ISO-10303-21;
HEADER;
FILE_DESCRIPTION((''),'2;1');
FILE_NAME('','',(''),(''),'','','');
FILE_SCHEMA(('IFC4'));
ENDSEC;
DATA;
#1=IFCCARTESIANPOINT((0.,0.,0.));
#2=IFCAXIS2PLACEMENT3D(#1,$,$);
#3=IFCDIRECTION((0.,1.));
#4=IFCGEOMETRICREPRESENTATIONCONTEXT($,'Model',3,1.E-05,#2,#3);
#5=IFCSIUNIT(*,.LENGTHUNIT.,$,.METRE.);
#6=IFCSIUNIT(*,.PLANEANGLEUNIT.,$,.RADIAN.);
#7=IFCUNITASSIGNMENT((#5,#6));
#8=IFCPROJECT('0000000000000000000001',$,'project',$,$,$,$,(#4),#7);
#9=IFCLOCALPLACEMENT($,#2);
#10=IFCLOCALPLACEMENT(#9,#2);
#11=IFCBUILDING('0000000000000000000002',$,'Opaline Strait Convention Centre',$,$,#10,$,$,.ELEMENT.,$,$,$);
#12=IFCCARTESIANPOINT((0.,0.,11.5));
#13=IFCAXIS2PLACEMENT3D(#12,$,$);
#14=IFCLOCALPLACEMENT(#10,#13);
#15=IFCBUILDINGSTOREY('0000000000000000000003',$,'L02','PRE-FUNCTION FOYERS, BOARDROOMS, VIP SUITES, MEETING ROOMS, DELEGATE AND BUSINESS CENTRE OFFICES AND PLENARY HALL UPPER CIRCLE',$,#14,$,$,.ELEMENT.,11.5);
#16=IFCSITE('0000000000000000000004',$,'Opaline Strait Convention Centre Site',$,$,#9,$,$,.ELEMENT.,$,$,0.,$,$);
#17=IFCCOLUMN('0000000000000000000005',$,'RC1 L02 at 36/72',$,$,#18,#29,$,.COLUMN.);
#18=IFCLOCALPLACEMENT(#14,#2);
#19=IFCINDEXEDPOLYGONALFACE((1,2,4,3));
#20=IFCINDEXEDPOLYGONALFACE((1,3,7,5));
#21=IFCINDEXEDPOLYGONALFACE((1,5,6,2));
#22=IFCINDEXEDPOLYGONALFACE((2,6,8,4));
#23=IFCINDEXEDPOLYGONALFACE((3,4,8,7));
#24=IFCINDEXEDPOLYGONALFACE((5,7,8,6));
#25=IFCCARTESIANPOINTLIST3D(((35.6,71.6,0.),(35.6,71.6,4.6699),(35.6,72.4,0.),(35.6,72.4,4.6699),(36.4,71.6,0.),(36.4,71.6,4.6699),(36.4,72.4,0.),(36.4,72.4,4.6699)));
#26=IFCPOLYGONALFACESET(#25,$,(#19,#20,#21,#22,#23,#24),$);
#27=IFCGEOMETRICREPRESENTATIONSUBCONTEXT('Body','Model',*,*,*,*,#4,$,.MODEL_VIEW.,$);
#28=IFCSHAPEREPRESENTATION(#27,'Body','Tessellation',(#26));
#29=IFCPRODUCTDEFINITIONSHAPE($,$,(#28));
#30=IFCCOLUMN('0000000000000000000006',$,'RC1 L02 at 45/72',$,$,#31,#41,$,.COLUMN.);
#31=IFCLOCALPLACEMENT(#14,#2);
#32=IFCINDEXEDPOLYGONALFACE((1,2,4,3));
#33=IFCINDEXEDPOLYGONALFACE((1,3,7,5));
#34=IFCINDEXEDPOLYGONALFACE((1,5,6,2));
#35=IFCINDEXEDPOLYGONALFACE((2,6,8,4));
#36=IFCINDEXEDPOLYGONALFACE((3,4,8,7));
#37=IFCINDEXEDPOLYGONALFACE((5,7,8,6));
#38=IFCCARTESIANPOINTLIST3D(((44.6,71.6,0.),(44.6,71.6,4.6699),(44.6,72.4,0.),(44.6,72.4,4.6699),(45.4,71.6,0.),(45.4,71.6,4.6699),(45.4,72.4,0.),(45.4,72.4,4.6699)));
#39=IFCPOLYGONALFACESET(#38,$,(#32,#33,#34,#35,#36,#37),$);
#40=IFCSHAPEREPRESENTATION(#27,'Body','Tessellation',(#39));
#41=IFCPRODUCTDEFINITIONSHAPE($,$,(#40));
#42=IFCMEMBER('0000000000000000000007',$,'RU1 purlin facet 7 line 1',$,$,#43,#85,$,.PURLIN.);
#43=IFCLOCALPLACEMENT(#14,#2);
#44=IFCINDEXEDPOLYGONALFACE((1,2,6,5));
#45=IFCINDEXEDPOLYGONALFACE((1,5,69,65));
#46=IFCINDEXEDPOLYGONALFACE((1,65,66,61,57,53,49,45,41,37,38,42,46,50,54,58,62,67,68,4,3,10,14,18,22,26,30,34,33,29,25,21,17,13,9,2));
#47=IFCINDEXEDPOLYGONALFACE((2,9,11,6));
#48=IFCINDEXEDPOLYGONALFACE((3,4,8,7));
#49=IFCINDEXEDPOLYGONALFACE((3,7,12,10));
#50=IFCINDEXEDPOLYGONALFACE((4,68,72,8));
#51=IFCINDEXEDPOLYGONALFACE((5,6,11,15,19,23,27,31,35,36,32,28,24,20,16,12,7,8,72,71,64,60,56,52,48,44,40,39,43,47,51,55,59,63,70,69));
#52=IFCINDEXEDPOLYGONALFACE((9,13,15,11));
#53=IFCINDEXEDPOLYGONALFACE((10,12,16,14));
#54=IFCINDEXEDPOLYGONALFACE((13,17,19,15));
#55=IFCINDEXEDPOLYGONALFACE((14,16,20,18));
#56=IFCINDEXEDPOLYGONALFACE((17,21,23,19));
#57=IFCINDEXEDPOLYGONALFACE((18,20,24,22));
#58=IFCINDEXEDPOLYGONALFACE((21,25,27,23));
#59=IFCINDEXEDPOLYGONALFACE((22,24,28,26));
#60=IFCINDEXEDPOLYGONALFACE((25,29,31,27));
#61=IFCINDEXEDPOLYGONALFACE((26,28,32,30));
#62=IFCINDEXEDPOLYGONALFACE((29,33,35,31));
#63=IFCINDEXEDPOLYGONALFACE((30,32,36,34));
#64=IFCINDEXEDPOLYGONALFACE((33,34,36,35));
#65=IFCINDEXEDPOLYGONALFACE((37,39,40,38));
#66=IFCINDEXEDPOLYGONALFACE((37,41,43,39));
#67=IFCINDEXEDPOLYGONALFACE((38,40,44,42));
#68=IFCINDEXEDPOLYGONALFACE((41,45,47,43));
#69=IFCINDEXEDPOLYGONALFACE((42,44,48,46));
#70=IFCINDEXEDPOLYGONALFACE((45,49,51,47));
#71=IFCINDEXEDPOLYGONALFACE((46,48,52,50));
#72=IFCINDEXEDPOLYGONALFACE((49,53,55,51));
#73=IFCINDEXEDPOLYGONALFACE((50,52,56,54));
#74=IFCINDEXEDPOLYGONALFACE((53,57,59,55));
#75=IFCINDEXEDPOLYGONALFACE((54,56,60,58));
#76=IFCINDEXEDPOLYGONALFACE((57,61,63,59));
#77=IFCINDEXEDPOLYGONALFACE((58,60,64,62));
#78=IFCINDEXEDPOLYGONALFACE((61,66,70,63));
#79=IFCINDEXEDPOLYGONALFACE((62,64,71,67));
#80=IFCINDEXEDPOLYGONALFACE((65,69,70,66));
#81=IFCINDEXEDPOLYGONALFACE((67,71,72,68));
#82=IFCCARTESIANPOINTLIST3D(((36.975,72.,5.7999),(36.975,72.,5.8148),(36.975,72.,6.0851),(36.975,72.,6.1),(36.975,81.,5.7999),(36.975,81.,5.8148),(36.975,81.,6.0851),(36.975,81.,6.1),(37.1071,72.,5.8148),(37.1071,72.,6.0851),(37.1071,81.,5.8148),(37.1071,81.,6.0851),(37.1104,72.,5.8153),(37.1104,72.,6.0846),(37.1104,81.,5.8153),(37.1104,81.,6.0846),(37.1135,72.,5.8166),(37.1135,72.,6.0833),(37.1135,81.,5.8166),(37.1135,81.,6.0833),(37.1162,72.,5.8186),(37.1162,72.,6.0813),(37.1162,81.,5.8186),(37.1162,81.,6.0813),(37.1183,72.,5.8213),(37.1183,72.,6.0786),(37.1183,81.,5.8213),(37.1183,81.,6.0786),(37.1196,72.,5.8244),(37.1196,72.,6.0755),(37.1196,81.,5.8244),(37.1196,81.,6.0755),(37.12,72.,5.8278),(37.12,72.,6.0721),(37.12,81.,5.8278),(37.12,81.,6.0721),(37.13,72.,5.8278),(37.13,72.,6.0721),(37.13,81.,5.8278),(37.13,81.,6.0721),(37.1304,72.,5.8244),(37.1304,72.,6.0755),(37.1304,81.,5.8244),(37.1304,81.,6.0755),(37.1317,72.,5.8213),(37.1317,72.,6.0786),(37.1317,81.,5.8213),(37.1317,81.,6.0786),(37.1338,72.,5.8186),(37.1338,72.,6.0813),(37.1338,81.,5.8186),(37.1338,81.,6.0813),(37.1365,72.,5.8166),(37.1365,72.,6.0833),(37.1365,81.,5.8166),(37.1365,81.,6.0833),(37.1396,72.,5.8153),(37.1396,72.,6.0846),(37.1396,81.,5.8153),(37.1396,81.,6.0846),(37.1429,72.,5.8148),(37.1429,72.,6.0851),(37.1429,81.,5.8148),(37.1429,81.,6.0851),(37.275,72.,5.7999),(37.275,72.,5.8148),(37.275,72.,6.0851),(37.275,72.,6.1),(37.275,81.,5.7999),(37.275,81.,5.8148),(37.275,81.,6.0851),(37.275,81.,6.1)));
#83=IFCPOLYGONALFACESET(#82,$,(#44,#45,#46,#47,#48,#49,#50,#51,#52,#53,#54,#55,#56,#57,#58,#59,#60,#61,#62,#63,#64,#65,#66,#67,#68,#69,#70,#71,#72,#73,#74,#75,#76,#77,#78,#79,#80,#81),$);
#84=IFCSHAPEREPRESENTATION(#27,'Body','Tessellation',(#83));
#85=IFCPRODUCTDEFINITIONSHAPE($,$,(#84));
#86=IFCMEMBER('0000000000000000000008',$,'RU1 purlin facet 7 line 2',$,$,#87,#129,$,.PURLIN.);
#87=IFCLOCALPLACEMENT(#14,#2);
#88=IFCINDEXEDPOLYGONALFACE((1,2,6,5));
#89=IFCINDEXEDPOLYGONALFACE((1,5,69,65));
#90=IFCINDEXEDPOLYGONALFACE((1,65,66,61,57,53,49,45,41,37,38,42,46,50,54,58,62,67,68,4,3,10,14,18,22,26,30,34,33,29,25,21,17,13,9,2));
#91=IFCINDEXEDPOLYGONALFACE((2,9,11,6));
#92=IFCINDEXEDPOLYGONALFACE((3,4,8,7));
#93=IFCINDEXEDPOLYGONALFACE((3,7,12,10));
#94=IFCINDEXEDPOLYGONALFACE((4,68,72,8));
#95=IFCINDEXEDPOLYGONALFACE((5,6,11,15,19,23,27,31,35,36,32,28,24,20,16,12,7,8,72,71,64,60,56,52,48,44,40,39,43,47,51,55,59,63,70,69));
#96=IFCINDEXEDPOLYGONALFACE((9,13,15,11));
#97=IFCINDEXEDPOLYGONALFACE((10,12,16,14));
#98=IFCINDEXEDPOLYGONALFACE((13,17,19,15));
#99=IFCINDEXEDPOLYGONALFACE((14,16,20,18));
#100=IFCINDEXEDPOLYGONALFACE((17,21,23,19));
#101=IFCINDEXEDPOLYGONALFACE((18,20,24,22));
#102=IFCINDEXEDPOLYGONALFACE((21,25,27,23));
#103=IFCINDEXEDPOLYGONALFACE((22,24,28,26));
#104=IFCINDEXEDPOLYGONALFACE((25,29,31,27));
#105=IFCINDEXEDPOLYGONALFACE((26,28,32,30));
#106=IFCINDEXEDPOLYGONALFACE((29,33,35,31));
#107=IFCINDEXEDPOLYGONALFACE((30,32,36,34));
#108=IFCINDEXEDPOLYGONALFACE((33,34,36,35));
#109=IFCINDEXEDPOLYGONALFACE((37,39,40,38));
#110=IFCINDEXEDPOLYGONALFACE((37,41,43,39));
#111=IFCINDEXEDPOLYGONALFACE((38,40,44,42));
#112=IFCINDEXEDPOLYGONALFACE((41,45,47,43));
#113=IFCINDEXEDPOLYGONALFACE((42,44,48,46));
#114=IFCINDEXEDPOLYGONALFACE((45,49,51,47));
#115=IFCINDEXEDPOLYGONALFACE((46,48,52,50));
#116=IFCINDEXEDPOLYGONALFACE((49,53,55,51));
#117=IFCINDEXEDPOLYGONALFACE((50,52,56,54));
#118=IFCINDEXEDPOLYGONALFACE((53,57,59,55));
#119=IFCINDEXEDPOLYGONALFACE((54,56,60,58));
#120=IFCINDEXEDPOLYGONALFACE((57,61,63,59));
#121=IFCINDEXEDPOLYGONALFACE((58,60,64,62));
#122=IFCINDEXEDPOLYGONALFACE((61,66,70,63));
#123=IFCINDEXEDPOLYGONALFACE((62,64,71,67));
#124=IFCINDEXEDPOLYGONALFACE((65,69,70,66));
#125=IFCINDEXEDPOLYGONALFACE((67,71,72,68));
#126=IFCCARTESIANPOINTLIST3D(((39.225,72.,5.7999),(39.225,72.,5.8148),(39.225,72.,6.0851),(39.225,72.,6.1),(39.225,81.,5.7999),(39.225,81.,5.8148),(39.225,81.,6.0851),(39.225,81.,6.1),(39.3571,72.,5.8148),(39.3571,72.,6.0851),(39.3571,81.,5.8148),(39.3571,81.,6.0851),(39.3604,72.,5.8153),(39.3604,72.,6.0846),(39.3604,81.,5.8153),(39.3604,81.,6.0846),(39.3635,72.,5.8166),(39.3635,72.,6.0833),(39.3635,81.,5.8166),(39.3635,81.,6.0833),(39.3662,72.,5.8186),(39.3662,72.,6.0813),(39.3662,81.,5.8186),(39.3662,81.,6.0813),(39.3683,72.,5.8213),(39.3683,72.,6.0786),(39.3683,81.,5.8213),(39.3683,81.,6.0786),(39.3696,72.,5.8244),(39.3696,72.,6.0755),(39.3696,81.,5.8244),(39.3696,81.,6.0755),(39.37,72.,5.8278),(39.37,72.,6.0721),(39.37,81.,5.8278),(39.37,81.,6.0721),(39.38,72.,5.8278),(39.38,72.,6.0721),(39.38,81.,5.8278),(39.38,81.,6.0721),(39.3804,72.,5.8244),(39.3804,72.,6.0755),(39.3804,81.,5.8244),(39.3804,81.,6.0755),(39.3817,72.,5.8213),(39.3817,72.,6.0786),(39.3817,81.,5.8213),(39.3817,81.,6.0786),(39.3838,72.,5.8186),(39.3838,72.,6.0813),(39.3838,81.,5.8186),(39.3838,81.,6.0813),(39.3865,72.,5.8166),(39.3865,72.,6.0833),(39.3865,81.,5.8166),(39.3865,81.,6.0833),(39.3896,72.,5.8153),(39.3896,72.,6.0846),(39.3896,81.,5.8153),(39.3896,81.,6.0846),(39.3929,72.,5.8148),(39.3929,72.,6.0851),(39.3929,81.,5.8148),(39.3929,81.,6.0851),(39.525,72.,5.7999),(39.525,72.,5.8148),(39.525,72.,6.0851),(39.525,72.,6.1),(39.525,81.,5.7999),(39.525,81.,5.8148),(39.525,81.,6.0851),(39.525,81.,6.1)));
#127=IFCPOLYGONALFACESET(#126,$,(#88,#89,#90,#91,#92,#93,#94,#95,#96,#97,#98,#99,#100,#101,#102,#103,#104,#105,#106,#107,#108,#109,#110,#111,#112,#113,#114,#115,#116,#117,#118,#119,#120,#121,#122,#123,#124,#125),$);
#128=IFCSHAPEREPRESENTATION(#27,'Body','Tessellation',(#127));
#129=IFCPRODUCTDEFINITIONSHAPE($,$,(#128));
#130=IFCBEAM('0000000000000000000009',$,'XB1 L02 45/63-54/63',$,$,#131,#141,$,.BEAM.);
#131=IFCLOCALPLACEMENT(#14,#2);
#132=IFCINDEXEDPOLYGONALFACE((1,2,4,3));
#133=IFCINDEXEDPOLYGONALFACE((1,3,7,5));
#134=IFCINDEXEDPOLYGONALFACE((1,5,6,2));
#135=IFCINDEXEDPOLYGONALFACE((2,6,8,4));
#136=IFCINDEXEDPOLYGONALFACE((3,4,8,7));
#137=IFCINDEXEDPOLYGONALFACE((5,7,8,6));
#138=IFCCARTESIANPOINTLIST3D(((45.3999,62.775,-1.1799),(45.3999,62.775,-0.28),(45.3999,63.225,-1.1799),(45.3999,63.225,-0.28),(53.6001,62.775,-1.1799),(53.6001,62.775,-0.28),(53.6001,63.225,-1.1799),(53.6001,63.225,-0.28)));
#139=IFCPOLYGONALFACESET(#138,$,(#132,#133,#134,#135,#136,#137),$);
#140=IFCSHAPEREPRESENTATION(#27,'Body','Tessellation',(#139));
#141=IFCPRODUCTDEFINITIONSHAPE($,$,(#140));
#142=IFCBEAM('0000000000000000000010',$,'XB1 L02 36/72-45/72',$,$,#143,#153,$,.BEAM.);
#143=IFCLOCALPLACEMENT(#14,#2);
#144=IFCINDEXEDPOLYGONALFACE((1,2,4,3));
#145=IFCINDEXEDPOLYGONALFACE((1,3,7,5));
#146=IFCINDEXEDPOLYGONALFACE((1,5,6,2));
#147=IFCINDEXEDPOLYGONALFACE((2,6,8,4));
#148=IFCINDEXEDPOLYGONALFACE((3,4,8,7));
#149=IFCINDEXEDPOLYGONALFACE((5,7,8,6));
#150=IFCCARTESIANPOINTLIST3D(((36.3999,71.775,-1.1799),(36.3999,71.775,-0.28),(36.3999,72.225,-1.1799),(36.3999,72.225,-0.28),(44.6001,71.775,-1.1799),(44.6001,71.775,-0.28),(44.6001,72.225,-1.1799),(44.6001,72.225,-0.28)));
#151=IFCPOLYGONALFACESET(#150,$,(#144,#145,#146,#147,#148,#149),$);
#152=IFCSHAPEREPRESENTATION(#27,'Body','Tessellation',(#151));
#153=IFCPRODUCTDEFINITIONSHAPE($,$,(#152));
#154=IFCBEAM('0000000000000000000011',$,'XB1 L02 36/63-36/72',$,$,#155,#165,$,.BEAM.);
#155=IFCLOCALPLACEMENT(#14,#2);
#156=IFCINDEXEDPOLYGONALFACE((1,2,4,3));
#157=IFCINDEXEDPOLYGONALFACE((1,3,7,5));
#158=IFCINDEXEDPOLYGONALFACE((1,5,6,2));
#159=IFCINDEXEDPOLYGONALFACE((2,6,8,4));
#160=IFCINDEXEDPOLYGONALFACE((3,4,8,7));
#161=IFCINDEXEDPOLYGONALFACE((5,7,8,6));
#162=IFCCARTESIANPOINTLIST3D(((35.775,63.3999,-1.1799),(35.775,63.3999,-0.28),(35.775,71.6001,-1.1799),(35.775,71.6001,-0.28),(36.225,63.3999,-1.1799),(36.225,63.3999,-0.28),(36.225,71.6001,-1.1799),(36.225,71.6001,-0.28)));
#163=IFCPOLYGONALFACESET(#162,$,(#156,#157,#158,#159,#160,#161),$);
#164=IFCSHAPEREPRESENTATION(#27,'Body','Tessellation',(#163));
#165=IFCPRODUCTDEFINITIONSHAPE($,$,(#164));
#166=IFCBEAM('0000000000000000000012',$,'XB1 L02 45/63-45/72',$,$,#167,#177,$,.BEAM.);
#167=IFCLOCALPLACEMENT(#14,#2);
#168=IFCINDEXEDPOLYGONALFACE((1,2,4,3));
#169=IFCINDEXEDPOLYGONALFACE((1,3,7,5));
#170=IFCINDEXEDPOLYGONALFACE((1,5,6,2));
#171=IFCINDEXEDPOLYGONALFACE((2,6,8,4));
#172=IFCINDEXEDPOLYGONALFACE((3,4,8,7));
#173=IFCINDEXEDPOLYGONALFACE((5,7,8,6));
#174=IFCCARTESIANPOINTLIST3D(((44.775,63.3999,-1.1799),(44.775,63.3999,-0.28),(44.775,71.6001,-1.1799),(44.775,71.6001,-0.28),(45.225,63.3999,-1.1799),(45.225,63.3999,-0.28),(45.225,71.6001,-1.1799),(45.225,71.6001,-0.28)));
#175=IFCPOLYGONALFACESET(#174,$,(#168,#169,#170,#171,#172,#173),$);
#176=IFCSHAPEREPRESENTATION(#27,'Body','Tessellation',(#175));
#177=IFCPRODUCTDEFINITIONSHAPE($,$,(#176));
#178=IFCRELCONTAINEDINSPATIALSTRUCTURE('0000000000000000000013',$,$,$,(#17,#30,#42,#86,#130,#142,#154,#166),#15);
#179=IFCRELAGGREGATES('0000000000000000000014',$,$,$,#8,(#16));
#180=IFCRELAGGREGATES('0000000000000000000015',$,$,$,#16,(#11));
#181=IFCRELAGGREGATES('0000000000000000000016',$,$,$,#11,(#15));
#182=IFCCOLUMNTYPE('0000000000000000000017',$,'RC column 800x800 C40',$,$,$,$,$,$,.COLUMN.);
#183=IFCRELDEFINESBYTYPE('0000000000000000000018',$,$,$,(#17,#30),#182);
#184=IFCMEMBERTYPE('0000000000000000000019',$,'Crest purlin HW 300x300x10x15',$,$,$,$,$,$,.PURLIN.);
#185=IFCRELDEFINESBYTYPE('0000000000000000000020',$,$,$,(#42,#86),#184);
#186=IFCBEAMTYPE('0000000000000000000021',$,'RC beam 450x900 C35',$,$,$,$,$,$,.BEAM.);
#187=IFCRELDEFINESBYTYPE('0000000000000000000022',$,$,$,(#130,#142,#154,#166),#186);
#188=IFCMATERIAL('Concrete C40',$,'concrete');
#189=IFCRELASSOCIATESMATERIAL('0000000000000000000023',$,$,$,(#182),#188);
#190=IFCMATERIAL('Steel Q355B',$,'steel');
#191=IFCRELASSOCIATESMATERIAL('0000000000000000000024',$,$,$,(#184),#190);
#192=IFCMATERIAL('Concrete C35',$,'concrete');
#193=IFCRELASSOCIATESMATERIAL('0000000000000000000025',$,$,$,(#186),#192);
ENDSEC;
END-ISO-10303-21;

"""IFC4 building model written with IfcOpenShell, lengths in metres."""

from ifc_helpers import new_model, si_unit, direction, frame, origin, origin_2d, place, context, subcontext, project, spatial, rectangle, i_section, extrude, material, material_profile, profile_set, type_object, element, save


model = new_model("IFC4")

# Units and contexts
model_context = context("Model", 3, precision=1e-05, world=origin(), true_north=direction((0.0, 1.0)))
body_context = subcontext(model_context, "Body", "Model", "MODEL_VIEW")
ifc_project = project(units=[si_unit("LENGTHUNIT", "METRE"), si_unit("PLANEANGLEUNIT", "RADIAN")], contexts=[model_context])

# Site, building, storey
site_placement = place(None, origin())
site = spatial("IfcSite", under=ifc_project, at=site_placement, Name="Opaline Strait Convention Centre Site", CompositionType="ELEMENT", RefElevation=0.0)
building_placement = place(site_placement, origin())
building = spatial("IfcBuilding", under=site, at=building_placement, Name="Opaline Strait Convention Centre", CompositionType="ELEMENT")
storey_placement = place(building_placement, frame((0.0, 0.0, 11.5)))
storey = spatial("IfcBuildingStorey", under=building, at=storey_placement, Name="L02", Description="PRE-FUNCTION FOYERS, BOARDROOMS, VIP SUITES, MEETING ROOMS, DELEGATE AND BUSINESS CENTRE OFFICES AND PLENARY HALL UPPER CIRCLE", CompositionType="ELEMENT", Elevation=11.5)

# Columns
ifc_material_1 = material(Name="Concrete C40", Category="concrete")
ifc_material_profile_1 = material_profile(ifc_material_1, rectangle(XDim=0.8, YDim=0.8, at=origin_2d()), Name="RC 800x800")
ifc_profile_set_1 = profile_set([ifc_material_profile_1], Name="Concrete C40")
column_type = type_object("IfcColumnType", Name="RC column 800x800 C40", PredefinedType="COLUMN", material=ifc_profile_set_1)
for number, where, z_axis, x_axis, name in (
    (1, (36.0, 72.0, 0.0), (0.0, 0.0, 1.0), (1.0, 0.0, 0.0), "RC1 L02 at 36/72"),
    (2, (45.0, 72.0, 0.0), (0.0, 0.0, 1.0), (1.0, 0.0, 0.0), "RC1 L02 at 45/72"),
):
    element("IfcColumn", number, at=place(storey_placement, frame(where, z_axis=z_axis, x_axis=x_axis)), inside=storey, type_object=column_type, Name=name, PredefinedType="COLUMN", context=body_context, shape_type="SweptSolid", body=[
        extrude(rectangle(XDim=0.8, YDim=0.8, at=origin_2d()), origin(), (0.0, 0.0, 1.0), 4.6699),
    ])

# Members
ifc_material_2 = material(Name="Steel Q355B", Category="steel")
ifc_material_profile_2 = material_profile(ifc_material_2, i_section(OverallWidth=0.3, OverallDepth=0.3, WebThickness=0.01, FlangeThickness=0.0149, FilletRadius=0.0129, at=origin_2d()), Name="HW 300x300x10x15")
ifc_profile_set_2 = profile_set([ifc_material_profile_2], Name="Steel Q355B")
member_type_1 = type_object("IfcMemberType", Name="Crest purlin HW 300x300x10x15", PredefinedType="PURLIN", material=ifc_profile_set_2)
for number, where, z_axis, x_axis, name in (
    (3, (37.125, 72.0, 5.95), (0.0, 1.0, 0.0), (-1.0, 0.0, 0.0), "RU1 purlin facet 7 line 1"),
    (4, (39.375, 72.0, 5.95), (0.0, 1.0, 0.0), (-1.0, 0.0, 0.0), "RU1 purlin facet 7 line 2"),
):
    element("IfcMember", number, at=place(storey_placement, frame(where, z_axis=z_axis, x_axis=x_axis)), inside=storey, type_object=member_type_1, Name=name, PredefinedType="PURLIN", context=body_context, shape_type="SweptSolid", body=[
        extrude(i_section(OverallWidth=0.3, OverallDepth=0.3, WebThickness=0.01, FlangeThickness=0.0149, FilletRadius=0.0129, at=origin_2d()), origin(), (0.0, 0.0, 1.0), 9.0),
    ])

# Beams
ifc_material_3 = material(Name="Concrete C35", Category="concrete")
ifc_material_profile_3 = material_profile(ifc_material_3, rectangle(XDim=0.45, YDim=0.8999, at=origin_2d()), Name="RC 450x900")
ifc_profile_set_3 = profile_set([ifc_material_profile_3], Name="Concrete C35")
beam_type = type_object("IfcBeamType", Name="RC beam 450x900 C35", PredefinedType="BEAM", material=ifc_profile_set_3)
for number, where, z_axis, x_axis, name in (
    (5, (45.3999, 63.0, -0.73), (1.0, 0.0, 0.0), (0.0, 1.0, 0.0), "XB1 L02 45/63-54/63"),
    (6, (36.3999, 72.0, -0.73), (1.0, 0.0, 0.0), (0.0, 1.0, 0.0), "XB1 L02 36/72-45/72"),
    (7, (36.0, 63.3999, -0.73), (0.0, 1.0, 0.0), (-1.0, 0.0, 0.0), "XB1 L02 36/63-36/72"),
    (8, (45.0, 63.3999, -0.73), (0.0, 1.0, 0.0), (-1.0, 0.0, 0.0), "XB1 L02 45/63-45/72"),
):
    element("IfcBeam", number, at=place(storey_placement, frame(where, z_axis=z_axis, x_axis=x_axis)), inside=storey, type_object=beam_type, Name=name, PredefinedType="BEAM", context=body_context, shape_type="SweptSolid", body=[
        extrude(rectangle(XDim=0.45, YDim=0.8999, at=origin_2d()), origin(), (0.0, 0.0, 1.0), 8.2002),
    ])

save(model, "model.ifc")
